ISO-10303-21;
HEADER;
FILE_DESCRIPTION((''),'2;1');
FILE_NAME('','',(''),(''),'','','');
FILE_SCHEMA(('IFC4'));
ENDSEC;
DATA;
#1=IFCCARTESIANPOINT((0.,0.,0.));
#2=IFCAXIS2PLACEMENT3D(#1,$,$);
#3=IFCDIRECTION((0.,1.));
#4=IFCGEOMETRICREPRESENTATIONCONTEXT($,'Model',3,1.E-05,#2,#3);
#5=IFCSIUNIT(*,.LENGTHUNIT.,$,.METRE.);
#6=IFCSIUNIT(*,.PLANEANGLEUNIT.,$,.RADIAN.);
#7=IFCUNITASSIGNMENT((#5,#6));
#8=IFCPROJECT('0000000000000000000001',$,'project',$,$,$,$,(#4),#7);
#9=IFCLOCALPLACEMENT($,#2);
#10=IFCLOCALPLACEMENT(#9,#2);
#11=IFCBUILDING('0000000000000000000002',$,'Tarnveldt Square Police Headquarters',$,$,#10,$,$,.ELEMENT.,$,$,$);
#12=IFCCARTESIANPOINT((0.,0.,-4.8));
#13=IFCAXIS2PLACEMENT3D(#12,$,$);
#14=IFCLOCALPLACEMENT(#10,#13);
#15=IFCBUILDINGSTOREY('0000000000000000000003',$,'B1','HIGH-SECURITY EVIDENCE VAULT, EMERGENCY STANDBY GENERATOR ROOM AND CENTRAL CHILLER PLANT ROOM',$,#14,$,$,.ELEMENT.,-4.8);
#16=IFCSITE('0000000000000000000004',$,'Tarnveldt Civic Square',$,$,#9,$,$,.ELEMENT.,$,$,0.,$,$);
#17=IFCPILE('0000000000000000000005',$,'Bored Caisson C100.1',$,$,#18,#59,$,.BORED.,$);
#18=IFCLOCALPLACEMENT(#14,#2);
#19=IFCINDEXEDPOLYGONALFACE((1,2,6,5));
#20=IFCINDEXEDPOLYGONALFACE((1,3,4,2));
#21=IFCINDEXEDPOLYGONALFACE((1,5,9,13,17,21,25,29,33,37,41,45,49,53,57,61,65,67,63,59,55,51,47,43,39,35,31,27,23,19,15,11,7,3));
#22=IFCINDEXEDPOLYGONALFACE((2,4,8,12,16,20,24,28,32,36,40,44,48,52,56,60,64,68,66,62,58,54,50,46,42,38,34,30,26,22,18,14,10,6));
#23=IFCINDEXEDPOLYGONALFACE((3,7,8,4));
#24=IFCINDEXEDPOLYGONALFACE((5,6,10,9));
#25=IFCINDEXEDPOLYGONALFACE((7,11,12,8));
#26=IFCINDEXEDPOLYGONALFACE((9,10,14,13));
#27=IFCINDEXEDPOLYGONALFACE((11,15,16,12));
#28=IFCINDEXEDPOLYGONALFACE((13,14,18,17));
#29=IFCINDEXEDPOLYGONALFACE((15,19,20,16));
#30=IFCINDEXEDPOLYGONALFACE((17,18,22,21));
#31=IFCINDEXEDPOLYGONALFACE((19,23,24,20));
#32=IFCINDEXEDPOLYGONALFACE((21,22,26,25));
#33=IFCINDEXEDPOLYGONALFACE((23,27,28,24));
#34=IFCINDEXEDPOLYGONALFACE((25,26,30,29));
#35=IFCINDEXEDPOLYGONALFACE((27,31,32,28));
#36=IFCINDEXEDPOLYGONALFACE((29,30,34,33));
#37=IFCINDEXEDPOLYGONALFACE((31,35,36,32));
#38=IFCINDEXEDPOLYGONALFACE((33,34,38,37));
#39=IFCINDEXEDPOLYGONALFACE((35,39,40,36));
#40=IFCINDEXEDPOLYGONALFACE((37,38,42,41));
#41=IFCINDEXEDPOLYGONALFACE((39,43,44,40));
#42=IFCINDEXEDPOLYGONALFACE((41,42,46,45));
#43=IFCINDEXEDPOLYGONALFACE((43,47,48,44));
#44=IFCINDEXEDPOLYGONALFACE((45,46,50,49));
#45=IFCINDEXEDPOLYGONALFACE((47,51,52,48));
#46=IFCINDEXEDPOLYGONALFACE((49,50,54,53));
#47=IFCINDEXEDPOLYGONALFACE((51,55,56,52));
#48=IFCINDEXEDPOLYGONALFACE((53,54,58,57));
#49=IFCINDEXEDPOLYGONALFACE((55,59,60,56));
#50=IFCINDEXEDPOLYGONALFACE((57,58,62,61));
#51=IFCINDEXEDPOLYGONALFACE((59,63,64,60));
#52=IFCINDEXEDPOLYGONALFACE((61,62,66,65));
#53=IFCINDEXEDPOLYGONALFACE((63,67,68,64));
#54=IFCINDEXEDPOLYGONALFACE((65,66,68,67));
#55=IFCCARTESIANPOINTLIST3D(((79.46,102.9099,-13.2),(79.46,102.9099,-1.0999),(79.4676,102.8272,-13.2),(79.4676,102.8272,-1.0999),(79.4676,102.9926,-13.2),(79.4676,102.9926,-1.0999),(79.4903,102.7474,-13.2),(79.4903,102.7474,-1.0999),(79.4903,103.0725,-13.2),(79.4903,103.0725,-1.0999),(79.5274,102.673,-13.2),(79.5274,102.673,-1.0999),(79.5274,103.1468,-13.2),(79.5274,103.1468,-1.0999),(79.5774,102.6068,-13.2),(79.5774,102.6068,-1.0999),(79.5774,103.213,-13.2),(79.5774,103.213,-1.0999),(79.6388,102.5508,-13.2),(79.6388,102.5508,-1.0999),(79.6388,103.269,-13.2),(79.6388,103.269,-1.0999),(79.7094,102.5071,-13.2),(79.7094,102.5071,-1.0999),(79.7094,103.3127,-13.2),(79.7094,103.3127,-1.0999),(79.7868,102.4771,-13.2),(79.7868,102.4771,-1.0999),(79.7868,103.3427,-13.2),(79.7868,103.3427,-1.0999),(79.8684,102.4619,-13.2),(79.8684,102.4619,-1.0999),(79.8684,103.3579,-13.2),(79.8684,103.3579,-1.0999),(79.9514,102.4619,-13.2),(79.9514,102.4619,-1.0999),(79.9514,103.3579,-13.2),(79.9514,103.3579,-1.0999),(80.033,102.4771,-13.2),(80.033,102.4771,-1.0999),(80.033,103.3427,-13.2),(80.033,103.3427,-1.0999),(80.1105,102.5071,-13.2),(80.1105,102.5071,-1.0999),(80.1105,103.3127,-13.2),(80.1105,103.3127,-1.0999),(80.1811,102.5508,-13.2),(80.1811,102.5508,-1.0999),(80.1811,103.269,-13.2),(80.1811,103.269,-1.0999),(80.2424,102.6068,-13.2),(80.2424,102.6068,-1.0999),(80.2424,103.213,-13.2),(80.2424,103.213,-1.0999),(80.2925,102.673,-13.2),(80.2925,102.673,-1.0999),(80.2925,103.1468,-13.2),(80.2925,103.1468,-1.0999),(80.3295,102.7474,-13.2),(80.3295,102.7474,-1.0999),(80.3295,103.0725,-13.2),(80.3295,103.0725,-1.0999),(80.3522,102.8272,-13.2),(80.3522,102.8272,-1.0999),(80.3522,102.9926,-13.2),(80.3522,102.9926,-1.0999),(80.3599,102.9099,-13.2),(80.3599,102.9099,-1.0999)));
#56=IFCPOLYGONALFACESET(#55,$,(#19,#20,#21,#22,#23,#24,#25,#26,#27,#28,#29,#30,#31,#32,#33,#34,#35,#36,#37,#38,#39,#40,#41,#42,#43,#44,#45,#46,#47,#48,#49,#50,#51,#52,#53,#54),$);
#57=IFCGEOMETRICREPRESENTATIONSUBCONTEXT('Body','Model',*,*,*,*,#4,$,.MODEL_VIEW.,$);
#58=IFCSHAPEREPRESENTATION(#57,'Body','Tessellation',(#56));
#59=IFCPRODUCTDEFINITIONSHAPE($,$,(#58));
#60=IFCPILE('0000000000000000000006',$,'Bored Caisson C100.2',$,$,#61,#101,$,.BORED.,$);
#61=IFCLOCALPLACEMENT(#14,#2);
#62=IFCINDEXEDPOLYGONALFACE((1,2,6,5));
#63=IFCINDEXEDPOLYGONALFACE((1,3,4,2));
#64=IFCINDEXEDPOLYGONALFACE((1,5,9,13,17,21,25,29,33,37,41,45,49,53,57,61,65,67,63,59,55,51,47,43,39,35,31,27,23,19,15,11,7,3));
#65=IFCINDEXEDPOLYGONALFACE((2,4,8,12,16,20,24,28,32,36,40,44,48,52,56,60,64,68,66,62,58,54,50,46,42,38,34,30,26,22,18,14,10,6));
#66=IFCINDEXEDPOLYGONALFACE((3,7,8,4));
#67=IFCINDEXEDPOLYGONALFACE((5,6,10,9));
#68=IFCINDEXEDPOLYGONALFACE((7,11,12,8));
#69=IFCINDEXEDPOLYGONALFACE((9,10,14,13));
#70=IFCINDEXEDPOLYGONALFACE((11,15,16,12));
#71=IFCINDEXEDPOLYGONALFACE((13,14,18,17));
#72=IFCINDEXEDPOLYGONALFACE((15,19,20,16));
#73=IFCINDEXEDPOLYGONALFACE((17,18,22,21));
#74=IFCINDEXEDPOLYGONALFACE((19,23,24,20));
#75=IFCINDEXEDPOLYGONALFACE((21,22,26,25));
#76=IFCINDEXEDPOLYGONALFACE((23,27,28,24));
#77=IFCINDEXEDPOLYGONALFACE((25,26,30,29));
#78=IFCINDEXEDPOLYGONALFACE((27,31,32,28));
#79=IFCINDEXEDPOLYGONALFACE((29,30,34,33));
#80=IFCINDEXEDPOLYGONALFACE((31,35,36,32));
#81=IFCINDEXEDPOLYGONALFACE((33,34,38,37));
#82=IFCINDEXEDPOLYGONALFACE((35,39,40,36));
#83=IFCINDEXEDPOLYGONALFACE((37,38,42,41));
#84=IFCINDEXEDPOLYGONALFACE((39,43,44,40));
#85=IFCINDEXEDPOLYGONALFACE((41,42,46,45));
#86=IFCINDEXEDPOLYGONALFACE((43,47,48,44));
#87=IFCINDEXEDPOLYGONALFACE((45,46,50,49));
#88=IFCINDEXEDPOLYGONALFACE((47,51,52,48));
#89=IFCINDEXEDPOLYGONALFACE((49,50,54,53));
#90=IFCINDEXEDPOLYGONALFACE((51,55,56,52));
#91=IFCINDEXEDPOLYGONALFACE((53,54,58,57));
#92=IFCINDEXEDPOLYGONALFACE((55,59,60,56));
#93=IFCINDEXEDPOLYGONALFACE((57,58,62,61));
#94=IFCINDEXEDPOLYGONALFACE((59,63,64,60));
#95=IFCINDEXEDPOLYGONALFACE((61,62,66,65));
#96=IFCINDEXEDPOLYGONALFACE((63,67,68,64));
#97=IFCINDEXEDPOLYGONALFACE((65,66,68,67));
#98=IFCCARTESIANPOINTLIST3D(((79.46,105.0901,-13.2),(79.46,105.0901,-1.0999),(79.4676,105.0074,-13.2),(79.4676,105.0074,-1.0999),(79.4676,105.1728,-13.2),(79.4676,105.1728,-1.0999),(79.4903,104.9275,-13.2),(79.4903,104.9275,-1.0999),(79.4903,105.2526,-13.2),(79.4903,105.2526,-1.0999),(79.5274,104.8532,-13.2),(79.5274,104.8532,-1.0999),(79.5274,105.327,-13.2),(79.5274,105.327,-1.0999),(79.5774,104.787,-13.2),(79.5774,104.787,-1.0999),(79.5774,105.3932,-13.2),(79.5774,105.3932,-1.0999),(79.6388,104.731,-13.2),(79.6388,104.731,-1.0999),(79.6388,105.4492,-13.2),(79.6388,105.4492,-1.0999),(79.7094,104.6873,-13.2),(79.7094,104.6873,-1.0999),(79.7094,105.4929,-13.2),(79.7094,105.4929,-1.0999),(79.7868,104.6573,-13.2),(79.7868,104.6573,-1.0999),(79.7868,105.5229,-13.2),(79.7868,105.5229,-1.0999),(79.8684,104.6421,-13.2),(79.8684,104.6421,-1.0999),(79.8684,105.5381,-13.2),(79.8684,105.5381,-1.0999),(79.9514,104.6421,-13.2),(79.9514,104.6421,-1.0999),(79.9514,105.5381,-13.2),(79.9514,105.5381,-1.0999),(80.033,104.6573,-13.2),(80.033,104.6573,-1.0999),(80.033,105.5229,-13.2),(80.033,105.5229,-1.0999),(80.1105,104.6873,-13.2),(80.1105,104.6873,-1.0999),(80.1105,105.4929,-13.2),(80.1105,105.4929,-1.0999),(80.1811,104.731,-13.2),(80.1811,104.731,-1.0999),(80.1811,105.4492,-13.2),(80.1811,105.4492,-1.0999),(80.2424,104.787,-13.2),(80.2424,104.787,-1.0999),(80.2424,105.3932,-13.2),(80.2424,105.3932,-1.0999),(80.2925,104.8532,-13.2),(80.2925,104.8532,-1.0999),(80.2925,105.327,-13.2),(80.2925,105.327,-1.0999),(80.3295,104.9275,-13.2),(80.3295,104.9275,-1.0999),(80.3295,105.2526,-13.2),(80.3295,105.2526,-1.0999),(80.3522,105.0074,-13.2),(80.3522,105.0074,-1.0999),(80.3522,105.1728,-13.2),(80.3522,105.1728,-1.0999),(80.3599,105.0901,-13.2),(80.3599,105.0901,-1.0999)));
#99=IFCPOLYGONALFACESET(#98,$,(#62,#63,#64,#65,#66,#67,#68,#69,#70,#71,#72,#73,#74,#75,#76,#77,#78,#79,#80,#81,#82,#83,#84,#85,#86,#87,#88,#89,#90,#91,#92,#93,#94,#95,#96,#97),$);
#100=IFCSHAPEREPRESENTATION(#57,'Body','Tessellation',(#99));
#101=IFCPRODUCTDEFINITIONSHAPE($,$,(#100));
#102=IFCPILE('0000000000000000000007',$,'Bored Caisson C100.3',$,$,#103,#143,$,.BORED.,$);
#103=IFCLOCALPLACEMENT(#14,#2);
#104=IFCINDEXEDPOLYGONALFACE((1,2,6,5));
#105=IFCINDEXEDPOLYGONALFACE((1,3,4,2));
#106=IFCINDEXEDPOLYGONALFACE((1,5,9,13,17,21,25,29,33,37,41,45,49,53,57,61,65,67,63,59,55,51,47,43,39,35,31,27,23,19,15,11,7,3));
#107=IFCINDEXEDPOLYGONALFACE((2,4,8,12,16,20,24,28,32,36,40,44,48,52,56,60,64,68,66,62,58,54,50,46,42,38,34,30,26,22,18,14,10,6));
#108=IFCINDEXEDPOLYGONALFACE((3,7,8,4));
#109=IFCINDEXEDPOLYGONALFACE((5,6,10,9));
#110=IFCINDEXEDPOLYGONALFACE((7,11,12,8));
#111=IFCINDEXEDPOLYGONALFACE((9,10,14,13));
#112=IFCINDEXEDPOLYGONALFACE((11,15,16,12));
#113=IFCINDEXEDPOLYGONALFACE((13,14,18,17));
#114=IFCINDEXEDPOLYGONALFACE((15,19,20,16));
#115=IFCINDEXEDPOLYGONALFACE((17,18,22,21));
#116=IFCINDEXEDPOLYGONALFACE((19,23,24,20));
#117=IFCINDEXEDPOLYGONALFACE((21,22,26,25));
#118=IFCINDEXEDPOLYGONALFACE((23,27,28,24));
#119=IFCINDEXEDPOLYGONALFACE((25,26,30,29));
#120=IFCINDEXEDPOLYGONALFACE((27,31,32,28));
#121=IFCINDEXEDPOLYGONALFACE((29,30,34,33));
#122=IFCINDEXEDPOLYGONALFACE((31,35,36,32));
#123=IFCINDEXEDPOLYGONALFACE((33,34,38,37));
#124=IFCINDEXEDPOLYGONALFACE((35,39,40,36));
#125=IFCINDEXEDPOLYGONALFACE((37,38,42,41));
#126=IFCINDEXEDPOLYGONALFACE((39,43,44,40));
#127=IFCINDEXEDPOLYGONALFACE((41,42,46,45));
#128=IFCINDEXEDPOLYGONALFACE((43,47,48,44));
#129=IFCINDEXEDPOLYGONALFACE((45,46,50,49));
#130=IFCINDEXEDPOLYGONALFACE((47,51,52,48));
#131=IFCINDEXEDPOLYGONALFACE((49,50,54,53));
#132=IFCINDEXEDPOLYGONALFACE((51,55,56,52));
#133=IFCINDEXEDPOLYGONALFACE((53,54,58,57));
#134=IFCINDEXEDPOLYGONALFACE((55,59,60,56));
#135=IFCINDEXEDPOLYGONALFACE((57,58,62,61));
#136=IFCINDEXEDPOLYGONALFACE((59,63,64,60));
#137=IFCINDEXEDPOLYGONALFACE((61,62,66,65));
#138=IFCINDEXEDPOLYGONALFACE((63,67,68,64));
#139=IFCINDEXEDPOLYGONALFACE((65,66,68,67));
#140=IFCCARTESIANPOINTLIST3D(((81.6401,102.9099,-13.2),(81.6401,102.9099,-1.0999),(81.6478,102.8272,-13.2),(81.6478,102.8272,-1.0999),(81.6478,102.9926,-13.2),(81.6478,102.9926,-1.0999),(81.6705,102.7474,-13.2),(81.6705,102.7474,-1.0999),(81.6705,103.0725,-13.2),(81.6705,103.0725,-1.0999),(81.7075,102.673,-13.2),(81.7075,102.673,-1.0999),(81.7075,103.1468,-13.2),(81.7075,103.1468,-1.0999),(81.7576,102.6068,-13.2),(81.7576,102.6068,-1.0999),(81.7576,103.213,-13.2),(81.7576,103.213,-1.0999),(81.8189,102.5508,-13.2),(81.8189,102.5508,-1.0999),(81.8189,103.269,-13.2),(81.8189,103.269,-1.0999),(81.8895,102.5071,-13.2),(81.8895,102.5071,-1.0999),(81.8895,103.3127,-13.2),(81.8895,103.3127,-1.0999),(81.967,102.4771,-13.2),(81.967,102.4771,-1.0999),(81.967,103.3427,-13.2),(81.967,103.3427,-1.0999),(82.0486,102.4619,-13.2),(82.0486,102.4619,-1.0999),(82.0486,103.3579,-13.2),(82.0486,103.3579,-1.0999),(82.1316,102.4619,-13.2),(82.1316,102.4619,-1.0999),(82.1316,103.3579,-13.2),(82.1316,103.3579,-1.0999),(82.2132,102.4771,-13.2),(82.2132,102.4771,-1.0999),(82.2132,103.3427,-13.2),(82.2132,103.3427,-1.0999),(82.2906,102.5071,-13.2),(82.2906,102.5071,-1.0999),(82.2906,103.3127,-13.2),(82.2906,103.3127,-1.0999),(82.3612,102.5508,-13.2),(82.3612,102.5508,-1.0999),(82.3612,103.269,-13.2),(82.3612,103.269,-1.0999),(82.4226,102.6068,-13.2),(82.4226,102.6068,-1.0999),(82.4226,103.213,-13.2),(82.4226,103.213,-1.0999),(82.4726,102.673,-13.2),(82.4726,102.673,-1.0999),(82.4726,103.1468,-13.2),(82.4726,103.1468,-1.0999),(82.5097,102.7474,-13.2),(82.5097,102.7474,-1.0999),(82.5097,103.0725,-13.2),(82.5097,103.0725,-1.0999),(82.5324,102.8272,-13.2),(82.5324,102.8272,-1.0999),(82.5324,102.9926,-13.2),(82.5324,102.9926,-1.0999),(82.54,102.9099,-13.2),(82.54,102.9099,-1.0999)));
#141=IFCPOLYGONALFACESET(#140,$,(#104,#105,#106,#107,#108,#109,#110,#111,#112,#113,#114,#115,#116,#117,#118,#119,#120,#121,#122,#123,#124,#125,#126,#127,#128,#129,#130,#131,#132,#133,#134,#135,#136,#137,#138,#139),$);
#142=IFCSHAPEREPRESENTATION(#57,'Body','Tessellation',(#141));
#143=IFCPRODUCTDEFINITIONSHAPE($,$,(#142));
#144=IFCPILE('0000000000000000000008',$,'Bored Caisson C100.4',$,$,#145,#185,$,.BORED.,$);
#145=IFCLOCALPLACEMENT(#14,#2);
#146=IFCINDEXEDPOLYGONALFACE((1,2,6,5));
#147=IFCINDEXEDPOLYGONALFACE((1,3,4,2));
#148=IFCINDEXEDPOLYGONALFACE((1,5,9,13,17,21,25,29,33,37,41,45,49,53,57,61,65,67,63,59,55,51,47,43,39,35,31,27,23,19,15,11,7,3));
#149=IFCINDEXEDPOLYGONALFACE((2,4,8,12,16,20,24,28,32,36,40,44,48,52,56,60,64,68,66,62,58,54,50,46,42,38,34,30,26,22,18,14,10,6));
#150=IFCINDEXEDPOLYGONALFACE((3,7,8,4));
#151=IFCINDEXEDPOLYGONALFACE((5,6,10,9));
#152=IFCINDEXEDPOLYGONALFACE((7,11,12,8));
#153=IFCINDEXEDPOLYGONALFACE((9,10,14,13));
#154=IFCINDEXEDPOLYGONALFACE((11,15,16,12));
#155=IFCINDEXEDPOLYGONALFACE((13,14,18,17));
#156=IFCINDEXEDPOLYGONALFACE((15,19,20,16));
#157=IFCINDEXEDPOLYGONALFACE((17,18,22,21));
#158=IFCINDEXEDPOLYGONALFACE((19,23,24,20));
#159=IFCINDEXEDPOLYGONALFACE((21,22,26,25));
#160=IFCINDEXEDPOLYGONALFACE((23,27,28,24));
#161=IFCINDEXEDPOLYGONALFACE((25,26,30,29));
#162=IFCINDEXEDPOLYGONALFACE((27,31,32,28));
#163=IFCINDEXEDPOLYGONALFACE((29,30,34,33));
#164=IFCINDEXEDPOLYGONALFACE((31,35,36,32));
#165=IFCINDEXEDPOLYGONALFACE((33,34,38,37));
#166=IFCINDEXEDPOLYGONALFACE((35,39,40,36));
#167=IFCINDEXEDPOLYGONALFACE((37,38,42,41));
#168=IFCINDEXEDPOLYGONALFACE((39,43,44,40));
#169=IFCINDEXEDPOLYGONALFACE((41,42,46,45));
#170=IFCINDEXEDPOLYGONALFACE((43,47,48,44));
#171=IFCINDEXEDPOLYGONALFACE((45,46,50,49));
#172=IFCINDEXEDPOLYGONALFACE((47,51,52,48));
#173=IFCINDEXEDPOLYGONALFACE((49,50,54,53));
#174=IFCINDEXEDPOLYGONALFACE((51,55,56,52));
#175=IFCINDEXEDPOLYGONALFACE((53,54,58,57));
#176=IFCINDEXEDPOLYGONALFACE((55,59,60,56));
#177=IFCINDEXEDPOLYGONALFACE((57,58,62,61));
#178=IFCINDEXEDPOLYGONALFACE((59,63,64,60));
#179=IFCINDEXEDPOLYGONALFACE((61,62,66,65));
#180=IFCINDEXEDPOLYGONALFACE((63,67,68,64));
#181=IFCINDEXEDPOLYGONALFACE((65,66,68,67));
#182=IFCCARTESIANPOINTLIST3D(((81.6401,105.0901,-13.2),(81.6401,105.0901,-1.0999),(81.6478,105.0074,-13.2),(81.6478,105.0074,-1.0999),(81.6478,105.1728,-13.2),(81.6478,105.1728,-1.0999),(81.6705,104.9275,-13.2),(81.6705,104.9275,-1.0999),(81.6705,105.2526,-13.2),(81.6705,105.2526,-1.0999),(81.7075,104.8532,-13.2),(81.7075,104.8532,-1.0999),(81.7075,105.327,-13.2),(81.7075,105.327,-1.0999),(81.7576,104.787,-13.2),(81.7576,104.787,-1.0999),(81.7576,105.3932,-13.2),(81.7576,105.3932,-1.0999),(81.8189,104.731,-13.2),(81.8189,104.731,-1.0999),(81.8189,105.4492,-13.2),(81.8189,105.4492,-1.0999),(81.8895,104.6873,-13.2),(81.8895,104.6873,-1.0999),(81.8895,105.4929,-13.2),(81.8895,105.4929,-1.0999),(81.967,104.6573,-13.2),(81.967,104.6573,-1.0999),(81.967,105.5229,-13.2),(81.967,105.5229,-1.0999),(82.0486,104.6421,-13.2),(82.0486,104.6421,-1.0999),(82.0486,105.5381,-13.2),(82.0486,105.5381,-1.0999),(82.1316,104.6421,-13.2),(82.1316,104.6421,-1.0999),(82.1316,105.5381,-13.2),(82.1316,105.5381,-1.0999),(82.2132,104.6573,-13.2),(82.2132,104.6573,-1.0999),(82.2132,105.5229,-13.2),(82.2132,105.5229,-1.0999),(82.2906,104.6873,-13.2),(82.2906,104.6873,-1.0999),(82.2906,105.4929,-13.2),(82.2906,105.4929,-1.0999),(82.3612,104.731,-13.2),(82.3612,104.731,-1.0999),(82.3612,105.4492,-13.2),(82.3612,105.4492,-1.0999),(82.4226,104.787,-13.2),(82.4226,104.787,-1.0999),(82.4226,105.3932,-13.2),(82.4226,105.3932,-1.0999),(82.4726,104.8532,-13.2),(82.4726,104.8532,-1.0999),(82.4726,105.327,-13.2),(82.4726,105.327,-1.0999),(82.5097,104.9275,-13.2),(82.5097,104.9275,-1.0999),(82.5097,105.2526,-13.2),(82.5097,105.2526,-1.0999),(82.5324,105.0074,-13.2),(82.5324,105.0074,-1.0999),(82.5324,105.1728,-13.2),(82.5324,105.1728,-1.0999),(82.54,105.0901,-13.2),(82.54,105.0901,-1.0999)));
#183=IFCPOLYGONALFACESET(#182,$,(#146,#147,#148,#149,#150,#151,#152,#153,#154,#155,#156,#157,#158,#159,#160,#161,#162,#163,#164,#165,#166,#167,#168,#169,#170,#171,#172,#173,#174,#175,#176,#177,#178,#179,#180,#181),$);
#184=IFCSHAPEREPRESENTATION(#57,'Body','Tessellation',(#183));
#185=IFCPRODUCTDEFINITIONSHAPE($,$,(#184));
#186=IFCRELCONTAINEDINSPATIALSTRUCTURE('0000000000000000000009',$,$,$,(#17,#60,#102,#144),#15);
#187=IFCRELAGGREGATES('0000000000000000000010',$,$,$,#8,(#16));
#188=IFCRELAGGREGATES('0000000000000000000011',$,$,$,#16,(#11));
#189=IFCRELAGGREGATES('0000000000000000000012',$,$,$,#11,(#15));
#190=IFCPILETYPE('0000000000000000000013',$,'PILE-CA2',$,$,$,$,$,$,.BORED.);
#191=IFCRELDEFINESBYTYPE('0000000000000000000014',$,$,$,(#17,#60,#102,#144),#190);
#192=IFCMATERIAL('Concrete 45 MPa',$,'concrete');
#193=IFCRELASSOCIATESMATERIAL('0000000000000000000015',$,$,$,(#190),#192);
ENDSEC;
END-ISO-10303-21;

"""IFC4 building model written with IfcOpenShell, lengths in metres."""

from ifc_helpers import new_model, si_unit, direction, frame, origin, origin_2d, place, context, subcontext, project, spatial, circle, extrude, material, material_profile, profile_set, type_object, element, save


model = new_model("IFC4")

# Units and contexts
model_context = context("Model", 3, precision=1e-05, world=origin(), true_north=direction((0.0, 1.0)))
body_context = subcontext(model_context, "Body", "Model", "MODEL_VIEW")
ifc_project = project(units=[si_unit("LENGTHUNIT", "METRE"), si_unit("PLANEANGLEUNIT", "RADIAN")], contexts=[model_context])

# Site, building, storey
site_placement = place(None, origin())
site = spatial("IfcSite", under=ifc_project, at=site_placement, Name="Tarnveldt Civic Square", CompositionType="ELEMENT", RefElevation=0.0)
building_placement = place(site_placement, origin())
building = spatial("IfcBuilding", under=site, at=building_placement, Name="Tarnveldt Square Police Headquarters", CompositionType="ELEMENT")
storey_placement = place(building_placement, frame((0.0, 0.0, -4.8)))
storey = spatial("IfcBuildingStorey", under=building, at=storey_placement, Name="B1", Description="HIGH-SECURITY EVIDENCE VAULT, EMERGENCY STANDBY GENERATOR ROOM AND CENTRAL CHILLER PLANT ROOM", CompositionType="ELEMENT", Elevation=-4.8)

# Shared definitions
ifc_material_1 = material(Name="Concrete 45 MPa", Category="concrete")

# Piles
ifc_material_profile_1 = material_profile(ifc_material_1, circle(Radius=0.45, at=origin_2d()), Name="CAISSON-D900")
ifc_profile_set_1 = profile_set([ifc_material_profile_1], Name="Concrete 45 MPa")
pile_type_1 = type_object("IfcPileType", Name="PILE-CA2", PredefinedType="BORED", material=ifc_profile_set_1)
for number, where, z_axis, x_axis, name in (
    (1, (79.9099, 102.9099, -1.0999), (0.0, 0.0, -1.0), (1.0, 0.0, 0.0), "Bored Caisson C100.1"),
    (2, (79.9099, 105.0901, -1.0999), (0.0, 0.0, -1.0), (1.0, 0.0, 0.0), "Bored Caisson C100.2"),
    (3, (82.0901, 102.9099, -1.0999), (0.0, 0.0, -1.0), (1.0, 0.0, 0.0), "Bored Caisson C100.3"),
    (4, (82.0901, 105.0901, -1.0999), (0.0, 0.0, -1.0), (1.0, 0.0, 0.0), "Bored Caisson C100.4"),
):
    element("IfcPile", number, at=place(storey_placement, frame(where, z_axis=z_axis, x_axis=x_axis)), inside=storey, type_object=pile_type_1, Name=name, PredefinedType="BORED", context=body_context, shape_type="SweptSolid", body=[
        extrude(circle(Radius=0.45, at=origin_2d()), origin(), (0.0, 0.0, 1.0), 12.1001),
    ])

save(model, "model.ifc")
